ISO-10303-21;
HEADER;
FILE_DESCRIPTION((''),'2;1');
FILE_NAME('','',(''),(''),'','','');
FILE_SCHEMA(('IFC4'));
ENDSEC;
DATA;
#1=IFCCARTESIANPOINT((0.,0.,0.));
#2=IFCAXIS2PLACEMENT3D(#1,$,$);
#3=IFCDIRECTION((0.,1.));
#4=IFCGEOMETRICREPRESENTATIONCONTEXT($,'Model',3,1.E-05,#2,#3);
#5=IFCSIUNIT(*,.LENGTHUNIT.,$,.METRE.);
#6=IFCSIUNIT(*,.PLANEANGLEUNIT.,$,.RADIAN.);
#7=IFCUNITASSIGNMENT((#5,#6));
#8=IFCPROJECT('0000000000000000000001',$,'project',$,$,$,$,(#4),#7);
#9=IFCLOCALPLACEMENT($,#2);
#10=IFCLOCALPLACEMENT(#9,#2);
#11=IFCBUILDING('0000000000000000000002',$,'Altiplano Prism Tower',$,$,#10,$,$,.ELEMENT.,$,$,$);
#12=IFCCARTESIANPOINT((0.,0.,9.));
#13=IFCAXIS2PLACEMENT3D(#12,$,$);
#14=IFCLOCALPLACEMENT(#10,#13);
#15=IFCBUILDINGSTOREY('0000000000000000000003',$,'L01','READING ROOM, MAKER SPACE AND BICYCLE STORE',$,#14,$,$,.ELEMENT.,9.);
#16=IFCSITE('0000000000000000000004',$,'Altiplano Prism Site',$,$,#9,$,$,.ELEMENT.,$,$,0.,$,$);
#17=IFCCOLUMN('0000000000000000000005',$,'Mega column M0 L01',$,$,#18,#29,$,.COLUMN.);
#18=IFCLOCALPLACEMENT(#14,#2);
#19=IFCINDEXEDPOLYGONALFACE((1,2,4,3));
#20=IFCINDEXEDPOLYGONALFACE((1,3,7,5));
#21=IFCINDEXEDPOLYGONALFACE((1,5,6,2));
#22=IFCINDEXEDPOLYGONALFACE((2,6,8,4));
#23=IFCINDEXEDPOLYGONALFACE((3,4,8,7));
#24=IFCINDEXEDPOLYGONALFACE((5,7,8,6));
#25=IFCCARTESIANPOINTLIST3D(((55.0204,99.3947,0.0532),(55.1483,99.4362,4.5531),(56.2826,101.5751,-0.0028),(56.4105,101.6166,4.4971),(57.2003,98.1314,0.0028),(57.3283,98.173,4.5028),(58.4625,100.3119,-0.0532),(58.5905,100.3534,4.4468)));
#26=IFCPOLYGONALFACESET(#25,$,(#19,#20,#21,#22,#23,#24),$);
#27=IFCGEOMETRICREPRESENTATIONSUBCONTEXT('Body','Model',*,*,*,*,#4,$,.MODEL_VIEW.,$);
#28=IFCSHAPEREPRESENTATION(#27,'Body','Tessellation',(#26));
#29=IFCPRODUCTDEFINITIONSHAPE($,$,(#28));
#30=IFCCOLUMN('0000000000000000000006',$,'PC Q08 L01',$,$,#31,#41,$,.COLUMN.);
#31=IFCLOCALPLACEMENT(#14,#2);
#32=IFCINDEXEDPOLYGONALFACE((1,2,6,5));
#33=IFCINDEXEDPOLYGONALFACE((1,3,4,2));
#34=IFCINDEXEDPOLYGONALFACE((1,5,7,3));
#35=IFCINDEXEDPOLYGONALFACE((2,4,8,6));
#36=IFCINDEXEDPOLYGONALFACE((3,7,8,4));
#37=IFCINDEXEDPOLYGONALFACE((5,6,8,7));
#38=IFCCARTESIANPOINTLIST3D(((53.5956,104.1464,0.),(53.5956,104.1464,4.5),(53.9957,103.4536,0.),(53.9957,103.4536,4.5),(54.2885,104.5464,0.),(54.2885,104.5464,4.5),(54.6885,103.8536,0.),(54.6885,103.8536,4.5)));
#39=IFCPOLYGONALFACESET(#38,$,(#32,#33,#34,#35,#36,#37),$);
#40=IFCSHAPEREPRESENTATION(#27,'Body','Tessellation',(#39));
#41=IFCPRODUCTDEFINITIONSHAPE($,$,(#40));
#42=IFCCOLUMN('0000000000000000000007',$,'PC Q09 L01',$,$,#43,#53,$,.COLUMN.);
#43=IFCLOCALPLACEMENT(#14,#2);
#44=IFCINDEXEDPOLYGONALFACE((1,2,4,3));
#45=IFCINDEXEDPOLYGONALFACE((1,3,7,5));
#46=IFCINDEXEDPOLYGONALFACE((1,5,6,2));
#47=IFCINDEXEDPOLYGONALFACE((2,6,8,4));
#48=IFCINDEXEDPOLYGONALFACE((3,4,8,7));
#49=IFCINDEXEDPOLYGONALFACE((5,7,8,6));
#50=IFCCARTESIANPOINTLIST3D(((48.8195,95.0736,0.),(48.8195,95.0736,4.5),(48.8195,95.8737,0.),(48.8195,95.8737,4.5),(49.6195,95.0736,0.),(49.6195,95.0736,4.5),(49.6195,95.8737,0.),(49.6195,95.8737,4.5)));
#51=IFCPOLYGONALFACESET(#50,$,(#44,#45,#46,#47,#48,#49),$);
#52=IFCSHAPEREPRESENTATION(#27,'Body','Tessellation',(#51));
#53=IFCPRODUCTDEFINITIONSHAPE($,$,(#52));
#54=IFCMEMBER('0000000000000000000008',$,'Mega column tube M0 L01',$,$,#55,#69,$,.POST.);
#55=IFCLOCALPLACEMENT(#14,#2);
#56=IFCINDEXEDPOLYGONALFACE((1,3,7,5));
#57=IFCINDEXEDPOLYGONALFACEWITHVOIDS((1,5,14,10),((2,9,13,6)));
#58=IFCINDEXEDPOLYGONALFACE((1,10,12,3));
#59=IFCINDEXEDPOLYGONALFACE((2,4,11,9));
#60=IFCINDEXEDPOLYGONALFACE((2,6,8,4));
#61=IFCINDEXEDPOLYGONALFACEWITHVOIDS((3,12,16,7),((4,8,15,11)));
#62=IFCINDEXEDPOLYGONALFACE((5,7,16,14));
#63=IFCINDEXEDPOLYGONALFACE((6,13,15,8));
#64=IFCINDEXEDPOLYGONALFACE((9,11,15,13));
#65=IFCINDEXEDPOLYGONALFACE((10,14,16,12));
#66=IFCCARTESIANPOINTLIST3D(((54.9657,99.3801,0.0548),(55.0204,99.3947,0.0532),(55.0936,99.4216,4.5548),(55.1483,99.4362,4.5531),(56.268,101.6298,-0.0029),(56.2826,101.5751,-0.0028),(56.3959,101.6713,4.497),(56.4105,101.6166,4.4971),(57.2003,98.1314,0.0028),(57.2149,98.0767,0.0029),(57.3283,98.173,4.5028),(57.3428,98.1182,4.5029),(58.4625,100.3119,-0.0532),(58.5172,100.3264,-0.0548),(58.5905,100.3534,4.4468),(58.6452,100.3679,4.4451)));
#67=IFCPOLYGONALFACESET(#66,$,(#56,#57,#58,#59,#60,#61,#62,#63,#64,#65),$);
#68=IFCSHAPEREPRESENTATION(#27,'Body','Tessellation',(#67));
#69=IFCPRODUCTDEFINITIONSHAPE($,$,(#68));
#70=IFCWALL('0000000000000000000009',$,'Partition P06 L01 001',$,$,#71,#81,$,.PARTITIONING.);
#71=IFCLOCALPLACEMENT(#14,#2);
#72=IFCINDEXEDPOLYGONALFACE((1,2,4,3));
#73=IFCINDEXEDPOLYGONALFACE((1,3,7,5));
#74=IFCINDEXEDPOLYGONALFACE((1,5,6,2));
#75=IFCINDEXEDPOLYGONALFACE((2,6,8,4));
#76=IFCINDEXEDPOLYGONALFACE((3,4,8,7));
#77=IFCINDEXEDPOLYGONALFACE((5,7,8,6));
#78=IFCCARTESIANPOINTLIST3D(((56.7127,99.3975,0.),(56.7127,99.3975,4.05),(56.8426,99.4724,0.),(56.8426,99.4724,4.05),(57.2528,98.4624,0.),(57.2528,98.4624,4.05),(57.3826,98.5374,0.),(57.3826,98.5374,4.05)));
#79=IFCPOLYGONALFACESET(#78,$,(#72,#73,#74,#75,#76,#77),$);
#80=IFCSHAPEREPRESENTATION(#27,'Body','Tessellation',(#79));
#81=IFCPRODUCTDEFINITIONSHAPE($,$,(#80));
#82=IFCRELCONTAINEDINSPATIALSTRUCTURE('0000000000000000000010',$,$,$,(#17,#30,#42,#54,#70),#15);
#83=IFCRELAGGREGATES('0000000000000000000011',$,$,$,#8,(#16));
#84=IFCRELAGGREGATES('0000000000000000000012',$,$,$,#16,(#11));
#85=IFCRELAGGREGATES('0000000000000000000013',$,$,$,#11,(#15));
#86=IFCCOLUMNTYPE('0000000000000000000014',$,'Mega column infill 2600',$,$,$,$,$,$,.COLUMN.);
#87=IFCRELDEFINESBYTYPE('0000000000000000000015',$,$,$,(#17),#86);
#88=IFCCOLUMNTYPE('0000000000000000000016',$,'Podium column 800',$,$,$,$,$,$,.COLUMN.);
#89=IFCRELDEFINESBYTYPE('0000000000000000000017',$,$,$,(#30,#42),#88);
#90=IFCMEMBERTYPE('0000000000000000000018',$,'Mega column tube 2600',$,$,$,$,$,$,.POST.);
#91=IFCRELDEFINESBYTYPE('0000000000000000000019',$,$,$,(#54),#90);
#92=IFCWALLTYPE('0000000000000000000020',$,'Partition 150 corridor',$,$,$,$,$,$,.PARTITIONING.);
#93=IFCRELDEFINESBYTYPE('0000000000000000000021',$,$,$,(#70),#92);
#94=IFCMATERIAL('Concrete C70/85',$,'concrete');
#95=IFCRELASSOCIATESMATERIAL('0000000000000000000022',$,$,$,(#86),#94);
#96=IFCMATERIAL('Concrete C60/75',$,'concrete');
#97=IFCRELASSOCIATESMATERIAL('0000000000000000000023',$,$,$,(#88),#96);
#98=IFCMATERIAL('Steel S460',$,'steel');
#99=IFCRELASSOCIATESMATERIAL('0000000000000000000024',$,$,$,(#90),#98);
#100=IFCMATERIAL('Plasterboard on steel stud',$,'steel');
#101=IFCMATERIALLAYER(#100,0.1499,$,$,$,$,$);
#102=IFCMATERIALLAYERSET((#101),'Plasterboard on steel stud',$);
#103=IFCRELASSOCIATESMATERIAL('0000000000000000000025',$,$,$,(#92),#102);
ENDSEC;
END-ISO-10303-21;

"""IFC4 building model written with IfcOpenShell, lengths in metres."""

from ifc_helpers import new_model, si_unit, direction, frame, frame_2d, origin, origin_2d, place, context, subcontext, project, spatial, rectangle, hollow_rectangle, extrude, material, layer, layer_set, material_profile, profile_set, type_object, element, save


model = new_model("IFC4")

# Units and contexts
model_context = context("Model", 3, precision=1e-05, world=origin(), true_north=direction((0.0, 1.0)))
body_context = subcontext(model_context, "Body", "Model", "MODEL_VIEW")
ifc_project = project(units=[si_unit("LENGTHUNIT", "METRE"), si_unit("PLANEANGLEUNIT", "RADIAN")], contexts=[model_context])

# Site, building, storey
site_placement = place(None, origin())
site = spatial("IfcSite", under=ifc_project, at=site_placement, Name="Altiplano Prism Site", CompositionType="ELEMENT", RefElevation=0.0)
building_placement = place(site_placement, origin())
building = spatial("IfcBuilding", under=site, at=building_placement, Name="Altiplano Prism Tower", CompositionType="ELEMENT")
storey_placement = place(building_placement, frame((0.0, 0.0, 9.0)))
storey = spatial("IfcBuildingStorey", under=building, at=storey_placement, Name="L01", Description="READING ROOM, MAKER SPACE AND BICYCLE STORE", CompositionType="ELEMENT", Elevation=9.0)

# Columns
ifc_material_1 = material(Name="Concrete C70/85", Category="concrete")
ifc_material_profile_1 = material_profile(ifc_material_1, rectangle(XDim=2.52, YDim=2.52, at=origin_2d()), Name="Mega column infill 2600")
ifc_profile_set_1 = profile_set([ifc_material_profile_1], Name="Concrete C70/85")
column_type_1 = type_object("IfcColumnType", Name="Mega column infill 2600", PredefinedType="COLUMN", material=ifc_profile_set_1)
column_placement = place(storey_placement, frame((56.7415, 99.8533, 0.0), z_axis=(0.028416, 0.009219, 0.999554), x_axis=(-0.865053, 0.501282, 0.019969)))
element("IfcColumn", 1, at=column_placement, inside=storey, type_object=column_type_1, Name="Mega column M0 L01", PredefinedType="COLUMN", context=body_context, shape_type="SweptSolid", body=[
    extrude(rectangle(XDim=2.52, YDim=2.52, at=origin_2d()), origin(), (0.0, 0.0, 1.0), 4.502),
])
ifc_material_2 = material(Name="Concrete C60/75", Category="concrete")
ifc_material_profile_2 = material_profile(ifc_material_2, rectangle(XDim=0.8, YDim=0.8, at=origin_2d()), Name="Podium column 800")
ifc_profile_set_2 = profile_set([ifc_material_profile_2], Name="Concrete C60/75")
column_type_2 = type_object("IfcColumnType", Name="Podium column 800", PredefinedType="COLUMN", material=ifc_profile_set_2)
for number, where, z_axis, x_axis, name in (
    (2, (54.1421, 104.0, 0.0), (0.0, 0.0, 1.0), (0.866025, 0.5, 0.0), "PC Q08 L01"),
    (3, (49.2195, 95.4736, 0.0), (0.0, 0.0, 1.0), (1.0, 0.0, 0.0), "PC Q09 L01"),
):
    element("IfcColumn", number, at=place(storey_placement, frame(where, z_axis=z_axis, x_axis=x_axis)), inside=storey, type_object=column_type_2, Name=name, PredefinedType="COLUMN", context=body_context, shape_type="SweptSolid", body=[
        extrude(rectangle(XDim=0.8, YDim=0.8, at=origin_2d()), origin(), (0.0, 0.0, 1.0), 4.5),
    ])

# Member
ifc_material_3 = material(Name="Steel S460", Category="steel")
ifc_material_profile_3 = material_profile(ifc_material_3, hollow_rectangle(XDim=2.6001, YDim=2.6001, WallThickness=0.04, at=origin_2d()), Name="Mega column tube 2600")
ifc_profile_set_3 = profile_set([ifc_material_profile_3], Name="Steel S460")
member_type = type_object("IfcMemberType", Name="Mega column tube 2600", PredefinedType="POST", material=ifc_profile_set_3)
member_placement = place(storey_placement, frame((56.7415, 99.8533, 0.0), z_axis=(0.028416, 0.009219, 0.999554), x_axis=(-0.865053, 0.501282, 0.019969)))
element("IfcMember", 4, at=member_placement, inside=storey, type_object=member_type, Name="Mega column tube M0 L01", PredefinedType="POST", context=body_context, shape_type="SweptSolid", body=[
    extrude(hollow_rectangle(XDim=2.6001, YDim=2.6001, WallThickness=0.04, at=origin_2d()), origin(), (0.0, 0.0, 1.0), 4.502),
])

# Wall
ifc_material_4 = material(Name="Plasterboard on steel stud", Category="steel")
ifc_layer_1 = layer(ifc_material_4, 0.1499)
ifc_layer_set_1 = layer_set([ifc_layer_1], Name="Plasterboard on steel stud")
wall_type_1 = type_object("IfcWallType", Name="Partition 150 corridor", PredefinedType="PARTITIONING", material=ifc_layer_set_1)
wall_1_placement = place(storey_placement, frame((56.7776, 99.4351, 0.0), z_axis=(0.0, 0.0, 1.0), x_axis=(0.500127, -0.865952, 0.0)))
element("IfcWall", 5, at=wall_1_placement, inside=storey, type_object=wall_type_1, Name="Partition P06 L01 001", PredefinedType="PARTITIONING", context=body_context, shape_type="SweptSolid", body=[
    extrude(rectangle(XDim=1.0798, YDim=0.1499, at=frame_2d((0.54, 0.0))), origin(), (0.0, 0.0, 1.0), 4.05),
])

save(model, "model.ifc")
